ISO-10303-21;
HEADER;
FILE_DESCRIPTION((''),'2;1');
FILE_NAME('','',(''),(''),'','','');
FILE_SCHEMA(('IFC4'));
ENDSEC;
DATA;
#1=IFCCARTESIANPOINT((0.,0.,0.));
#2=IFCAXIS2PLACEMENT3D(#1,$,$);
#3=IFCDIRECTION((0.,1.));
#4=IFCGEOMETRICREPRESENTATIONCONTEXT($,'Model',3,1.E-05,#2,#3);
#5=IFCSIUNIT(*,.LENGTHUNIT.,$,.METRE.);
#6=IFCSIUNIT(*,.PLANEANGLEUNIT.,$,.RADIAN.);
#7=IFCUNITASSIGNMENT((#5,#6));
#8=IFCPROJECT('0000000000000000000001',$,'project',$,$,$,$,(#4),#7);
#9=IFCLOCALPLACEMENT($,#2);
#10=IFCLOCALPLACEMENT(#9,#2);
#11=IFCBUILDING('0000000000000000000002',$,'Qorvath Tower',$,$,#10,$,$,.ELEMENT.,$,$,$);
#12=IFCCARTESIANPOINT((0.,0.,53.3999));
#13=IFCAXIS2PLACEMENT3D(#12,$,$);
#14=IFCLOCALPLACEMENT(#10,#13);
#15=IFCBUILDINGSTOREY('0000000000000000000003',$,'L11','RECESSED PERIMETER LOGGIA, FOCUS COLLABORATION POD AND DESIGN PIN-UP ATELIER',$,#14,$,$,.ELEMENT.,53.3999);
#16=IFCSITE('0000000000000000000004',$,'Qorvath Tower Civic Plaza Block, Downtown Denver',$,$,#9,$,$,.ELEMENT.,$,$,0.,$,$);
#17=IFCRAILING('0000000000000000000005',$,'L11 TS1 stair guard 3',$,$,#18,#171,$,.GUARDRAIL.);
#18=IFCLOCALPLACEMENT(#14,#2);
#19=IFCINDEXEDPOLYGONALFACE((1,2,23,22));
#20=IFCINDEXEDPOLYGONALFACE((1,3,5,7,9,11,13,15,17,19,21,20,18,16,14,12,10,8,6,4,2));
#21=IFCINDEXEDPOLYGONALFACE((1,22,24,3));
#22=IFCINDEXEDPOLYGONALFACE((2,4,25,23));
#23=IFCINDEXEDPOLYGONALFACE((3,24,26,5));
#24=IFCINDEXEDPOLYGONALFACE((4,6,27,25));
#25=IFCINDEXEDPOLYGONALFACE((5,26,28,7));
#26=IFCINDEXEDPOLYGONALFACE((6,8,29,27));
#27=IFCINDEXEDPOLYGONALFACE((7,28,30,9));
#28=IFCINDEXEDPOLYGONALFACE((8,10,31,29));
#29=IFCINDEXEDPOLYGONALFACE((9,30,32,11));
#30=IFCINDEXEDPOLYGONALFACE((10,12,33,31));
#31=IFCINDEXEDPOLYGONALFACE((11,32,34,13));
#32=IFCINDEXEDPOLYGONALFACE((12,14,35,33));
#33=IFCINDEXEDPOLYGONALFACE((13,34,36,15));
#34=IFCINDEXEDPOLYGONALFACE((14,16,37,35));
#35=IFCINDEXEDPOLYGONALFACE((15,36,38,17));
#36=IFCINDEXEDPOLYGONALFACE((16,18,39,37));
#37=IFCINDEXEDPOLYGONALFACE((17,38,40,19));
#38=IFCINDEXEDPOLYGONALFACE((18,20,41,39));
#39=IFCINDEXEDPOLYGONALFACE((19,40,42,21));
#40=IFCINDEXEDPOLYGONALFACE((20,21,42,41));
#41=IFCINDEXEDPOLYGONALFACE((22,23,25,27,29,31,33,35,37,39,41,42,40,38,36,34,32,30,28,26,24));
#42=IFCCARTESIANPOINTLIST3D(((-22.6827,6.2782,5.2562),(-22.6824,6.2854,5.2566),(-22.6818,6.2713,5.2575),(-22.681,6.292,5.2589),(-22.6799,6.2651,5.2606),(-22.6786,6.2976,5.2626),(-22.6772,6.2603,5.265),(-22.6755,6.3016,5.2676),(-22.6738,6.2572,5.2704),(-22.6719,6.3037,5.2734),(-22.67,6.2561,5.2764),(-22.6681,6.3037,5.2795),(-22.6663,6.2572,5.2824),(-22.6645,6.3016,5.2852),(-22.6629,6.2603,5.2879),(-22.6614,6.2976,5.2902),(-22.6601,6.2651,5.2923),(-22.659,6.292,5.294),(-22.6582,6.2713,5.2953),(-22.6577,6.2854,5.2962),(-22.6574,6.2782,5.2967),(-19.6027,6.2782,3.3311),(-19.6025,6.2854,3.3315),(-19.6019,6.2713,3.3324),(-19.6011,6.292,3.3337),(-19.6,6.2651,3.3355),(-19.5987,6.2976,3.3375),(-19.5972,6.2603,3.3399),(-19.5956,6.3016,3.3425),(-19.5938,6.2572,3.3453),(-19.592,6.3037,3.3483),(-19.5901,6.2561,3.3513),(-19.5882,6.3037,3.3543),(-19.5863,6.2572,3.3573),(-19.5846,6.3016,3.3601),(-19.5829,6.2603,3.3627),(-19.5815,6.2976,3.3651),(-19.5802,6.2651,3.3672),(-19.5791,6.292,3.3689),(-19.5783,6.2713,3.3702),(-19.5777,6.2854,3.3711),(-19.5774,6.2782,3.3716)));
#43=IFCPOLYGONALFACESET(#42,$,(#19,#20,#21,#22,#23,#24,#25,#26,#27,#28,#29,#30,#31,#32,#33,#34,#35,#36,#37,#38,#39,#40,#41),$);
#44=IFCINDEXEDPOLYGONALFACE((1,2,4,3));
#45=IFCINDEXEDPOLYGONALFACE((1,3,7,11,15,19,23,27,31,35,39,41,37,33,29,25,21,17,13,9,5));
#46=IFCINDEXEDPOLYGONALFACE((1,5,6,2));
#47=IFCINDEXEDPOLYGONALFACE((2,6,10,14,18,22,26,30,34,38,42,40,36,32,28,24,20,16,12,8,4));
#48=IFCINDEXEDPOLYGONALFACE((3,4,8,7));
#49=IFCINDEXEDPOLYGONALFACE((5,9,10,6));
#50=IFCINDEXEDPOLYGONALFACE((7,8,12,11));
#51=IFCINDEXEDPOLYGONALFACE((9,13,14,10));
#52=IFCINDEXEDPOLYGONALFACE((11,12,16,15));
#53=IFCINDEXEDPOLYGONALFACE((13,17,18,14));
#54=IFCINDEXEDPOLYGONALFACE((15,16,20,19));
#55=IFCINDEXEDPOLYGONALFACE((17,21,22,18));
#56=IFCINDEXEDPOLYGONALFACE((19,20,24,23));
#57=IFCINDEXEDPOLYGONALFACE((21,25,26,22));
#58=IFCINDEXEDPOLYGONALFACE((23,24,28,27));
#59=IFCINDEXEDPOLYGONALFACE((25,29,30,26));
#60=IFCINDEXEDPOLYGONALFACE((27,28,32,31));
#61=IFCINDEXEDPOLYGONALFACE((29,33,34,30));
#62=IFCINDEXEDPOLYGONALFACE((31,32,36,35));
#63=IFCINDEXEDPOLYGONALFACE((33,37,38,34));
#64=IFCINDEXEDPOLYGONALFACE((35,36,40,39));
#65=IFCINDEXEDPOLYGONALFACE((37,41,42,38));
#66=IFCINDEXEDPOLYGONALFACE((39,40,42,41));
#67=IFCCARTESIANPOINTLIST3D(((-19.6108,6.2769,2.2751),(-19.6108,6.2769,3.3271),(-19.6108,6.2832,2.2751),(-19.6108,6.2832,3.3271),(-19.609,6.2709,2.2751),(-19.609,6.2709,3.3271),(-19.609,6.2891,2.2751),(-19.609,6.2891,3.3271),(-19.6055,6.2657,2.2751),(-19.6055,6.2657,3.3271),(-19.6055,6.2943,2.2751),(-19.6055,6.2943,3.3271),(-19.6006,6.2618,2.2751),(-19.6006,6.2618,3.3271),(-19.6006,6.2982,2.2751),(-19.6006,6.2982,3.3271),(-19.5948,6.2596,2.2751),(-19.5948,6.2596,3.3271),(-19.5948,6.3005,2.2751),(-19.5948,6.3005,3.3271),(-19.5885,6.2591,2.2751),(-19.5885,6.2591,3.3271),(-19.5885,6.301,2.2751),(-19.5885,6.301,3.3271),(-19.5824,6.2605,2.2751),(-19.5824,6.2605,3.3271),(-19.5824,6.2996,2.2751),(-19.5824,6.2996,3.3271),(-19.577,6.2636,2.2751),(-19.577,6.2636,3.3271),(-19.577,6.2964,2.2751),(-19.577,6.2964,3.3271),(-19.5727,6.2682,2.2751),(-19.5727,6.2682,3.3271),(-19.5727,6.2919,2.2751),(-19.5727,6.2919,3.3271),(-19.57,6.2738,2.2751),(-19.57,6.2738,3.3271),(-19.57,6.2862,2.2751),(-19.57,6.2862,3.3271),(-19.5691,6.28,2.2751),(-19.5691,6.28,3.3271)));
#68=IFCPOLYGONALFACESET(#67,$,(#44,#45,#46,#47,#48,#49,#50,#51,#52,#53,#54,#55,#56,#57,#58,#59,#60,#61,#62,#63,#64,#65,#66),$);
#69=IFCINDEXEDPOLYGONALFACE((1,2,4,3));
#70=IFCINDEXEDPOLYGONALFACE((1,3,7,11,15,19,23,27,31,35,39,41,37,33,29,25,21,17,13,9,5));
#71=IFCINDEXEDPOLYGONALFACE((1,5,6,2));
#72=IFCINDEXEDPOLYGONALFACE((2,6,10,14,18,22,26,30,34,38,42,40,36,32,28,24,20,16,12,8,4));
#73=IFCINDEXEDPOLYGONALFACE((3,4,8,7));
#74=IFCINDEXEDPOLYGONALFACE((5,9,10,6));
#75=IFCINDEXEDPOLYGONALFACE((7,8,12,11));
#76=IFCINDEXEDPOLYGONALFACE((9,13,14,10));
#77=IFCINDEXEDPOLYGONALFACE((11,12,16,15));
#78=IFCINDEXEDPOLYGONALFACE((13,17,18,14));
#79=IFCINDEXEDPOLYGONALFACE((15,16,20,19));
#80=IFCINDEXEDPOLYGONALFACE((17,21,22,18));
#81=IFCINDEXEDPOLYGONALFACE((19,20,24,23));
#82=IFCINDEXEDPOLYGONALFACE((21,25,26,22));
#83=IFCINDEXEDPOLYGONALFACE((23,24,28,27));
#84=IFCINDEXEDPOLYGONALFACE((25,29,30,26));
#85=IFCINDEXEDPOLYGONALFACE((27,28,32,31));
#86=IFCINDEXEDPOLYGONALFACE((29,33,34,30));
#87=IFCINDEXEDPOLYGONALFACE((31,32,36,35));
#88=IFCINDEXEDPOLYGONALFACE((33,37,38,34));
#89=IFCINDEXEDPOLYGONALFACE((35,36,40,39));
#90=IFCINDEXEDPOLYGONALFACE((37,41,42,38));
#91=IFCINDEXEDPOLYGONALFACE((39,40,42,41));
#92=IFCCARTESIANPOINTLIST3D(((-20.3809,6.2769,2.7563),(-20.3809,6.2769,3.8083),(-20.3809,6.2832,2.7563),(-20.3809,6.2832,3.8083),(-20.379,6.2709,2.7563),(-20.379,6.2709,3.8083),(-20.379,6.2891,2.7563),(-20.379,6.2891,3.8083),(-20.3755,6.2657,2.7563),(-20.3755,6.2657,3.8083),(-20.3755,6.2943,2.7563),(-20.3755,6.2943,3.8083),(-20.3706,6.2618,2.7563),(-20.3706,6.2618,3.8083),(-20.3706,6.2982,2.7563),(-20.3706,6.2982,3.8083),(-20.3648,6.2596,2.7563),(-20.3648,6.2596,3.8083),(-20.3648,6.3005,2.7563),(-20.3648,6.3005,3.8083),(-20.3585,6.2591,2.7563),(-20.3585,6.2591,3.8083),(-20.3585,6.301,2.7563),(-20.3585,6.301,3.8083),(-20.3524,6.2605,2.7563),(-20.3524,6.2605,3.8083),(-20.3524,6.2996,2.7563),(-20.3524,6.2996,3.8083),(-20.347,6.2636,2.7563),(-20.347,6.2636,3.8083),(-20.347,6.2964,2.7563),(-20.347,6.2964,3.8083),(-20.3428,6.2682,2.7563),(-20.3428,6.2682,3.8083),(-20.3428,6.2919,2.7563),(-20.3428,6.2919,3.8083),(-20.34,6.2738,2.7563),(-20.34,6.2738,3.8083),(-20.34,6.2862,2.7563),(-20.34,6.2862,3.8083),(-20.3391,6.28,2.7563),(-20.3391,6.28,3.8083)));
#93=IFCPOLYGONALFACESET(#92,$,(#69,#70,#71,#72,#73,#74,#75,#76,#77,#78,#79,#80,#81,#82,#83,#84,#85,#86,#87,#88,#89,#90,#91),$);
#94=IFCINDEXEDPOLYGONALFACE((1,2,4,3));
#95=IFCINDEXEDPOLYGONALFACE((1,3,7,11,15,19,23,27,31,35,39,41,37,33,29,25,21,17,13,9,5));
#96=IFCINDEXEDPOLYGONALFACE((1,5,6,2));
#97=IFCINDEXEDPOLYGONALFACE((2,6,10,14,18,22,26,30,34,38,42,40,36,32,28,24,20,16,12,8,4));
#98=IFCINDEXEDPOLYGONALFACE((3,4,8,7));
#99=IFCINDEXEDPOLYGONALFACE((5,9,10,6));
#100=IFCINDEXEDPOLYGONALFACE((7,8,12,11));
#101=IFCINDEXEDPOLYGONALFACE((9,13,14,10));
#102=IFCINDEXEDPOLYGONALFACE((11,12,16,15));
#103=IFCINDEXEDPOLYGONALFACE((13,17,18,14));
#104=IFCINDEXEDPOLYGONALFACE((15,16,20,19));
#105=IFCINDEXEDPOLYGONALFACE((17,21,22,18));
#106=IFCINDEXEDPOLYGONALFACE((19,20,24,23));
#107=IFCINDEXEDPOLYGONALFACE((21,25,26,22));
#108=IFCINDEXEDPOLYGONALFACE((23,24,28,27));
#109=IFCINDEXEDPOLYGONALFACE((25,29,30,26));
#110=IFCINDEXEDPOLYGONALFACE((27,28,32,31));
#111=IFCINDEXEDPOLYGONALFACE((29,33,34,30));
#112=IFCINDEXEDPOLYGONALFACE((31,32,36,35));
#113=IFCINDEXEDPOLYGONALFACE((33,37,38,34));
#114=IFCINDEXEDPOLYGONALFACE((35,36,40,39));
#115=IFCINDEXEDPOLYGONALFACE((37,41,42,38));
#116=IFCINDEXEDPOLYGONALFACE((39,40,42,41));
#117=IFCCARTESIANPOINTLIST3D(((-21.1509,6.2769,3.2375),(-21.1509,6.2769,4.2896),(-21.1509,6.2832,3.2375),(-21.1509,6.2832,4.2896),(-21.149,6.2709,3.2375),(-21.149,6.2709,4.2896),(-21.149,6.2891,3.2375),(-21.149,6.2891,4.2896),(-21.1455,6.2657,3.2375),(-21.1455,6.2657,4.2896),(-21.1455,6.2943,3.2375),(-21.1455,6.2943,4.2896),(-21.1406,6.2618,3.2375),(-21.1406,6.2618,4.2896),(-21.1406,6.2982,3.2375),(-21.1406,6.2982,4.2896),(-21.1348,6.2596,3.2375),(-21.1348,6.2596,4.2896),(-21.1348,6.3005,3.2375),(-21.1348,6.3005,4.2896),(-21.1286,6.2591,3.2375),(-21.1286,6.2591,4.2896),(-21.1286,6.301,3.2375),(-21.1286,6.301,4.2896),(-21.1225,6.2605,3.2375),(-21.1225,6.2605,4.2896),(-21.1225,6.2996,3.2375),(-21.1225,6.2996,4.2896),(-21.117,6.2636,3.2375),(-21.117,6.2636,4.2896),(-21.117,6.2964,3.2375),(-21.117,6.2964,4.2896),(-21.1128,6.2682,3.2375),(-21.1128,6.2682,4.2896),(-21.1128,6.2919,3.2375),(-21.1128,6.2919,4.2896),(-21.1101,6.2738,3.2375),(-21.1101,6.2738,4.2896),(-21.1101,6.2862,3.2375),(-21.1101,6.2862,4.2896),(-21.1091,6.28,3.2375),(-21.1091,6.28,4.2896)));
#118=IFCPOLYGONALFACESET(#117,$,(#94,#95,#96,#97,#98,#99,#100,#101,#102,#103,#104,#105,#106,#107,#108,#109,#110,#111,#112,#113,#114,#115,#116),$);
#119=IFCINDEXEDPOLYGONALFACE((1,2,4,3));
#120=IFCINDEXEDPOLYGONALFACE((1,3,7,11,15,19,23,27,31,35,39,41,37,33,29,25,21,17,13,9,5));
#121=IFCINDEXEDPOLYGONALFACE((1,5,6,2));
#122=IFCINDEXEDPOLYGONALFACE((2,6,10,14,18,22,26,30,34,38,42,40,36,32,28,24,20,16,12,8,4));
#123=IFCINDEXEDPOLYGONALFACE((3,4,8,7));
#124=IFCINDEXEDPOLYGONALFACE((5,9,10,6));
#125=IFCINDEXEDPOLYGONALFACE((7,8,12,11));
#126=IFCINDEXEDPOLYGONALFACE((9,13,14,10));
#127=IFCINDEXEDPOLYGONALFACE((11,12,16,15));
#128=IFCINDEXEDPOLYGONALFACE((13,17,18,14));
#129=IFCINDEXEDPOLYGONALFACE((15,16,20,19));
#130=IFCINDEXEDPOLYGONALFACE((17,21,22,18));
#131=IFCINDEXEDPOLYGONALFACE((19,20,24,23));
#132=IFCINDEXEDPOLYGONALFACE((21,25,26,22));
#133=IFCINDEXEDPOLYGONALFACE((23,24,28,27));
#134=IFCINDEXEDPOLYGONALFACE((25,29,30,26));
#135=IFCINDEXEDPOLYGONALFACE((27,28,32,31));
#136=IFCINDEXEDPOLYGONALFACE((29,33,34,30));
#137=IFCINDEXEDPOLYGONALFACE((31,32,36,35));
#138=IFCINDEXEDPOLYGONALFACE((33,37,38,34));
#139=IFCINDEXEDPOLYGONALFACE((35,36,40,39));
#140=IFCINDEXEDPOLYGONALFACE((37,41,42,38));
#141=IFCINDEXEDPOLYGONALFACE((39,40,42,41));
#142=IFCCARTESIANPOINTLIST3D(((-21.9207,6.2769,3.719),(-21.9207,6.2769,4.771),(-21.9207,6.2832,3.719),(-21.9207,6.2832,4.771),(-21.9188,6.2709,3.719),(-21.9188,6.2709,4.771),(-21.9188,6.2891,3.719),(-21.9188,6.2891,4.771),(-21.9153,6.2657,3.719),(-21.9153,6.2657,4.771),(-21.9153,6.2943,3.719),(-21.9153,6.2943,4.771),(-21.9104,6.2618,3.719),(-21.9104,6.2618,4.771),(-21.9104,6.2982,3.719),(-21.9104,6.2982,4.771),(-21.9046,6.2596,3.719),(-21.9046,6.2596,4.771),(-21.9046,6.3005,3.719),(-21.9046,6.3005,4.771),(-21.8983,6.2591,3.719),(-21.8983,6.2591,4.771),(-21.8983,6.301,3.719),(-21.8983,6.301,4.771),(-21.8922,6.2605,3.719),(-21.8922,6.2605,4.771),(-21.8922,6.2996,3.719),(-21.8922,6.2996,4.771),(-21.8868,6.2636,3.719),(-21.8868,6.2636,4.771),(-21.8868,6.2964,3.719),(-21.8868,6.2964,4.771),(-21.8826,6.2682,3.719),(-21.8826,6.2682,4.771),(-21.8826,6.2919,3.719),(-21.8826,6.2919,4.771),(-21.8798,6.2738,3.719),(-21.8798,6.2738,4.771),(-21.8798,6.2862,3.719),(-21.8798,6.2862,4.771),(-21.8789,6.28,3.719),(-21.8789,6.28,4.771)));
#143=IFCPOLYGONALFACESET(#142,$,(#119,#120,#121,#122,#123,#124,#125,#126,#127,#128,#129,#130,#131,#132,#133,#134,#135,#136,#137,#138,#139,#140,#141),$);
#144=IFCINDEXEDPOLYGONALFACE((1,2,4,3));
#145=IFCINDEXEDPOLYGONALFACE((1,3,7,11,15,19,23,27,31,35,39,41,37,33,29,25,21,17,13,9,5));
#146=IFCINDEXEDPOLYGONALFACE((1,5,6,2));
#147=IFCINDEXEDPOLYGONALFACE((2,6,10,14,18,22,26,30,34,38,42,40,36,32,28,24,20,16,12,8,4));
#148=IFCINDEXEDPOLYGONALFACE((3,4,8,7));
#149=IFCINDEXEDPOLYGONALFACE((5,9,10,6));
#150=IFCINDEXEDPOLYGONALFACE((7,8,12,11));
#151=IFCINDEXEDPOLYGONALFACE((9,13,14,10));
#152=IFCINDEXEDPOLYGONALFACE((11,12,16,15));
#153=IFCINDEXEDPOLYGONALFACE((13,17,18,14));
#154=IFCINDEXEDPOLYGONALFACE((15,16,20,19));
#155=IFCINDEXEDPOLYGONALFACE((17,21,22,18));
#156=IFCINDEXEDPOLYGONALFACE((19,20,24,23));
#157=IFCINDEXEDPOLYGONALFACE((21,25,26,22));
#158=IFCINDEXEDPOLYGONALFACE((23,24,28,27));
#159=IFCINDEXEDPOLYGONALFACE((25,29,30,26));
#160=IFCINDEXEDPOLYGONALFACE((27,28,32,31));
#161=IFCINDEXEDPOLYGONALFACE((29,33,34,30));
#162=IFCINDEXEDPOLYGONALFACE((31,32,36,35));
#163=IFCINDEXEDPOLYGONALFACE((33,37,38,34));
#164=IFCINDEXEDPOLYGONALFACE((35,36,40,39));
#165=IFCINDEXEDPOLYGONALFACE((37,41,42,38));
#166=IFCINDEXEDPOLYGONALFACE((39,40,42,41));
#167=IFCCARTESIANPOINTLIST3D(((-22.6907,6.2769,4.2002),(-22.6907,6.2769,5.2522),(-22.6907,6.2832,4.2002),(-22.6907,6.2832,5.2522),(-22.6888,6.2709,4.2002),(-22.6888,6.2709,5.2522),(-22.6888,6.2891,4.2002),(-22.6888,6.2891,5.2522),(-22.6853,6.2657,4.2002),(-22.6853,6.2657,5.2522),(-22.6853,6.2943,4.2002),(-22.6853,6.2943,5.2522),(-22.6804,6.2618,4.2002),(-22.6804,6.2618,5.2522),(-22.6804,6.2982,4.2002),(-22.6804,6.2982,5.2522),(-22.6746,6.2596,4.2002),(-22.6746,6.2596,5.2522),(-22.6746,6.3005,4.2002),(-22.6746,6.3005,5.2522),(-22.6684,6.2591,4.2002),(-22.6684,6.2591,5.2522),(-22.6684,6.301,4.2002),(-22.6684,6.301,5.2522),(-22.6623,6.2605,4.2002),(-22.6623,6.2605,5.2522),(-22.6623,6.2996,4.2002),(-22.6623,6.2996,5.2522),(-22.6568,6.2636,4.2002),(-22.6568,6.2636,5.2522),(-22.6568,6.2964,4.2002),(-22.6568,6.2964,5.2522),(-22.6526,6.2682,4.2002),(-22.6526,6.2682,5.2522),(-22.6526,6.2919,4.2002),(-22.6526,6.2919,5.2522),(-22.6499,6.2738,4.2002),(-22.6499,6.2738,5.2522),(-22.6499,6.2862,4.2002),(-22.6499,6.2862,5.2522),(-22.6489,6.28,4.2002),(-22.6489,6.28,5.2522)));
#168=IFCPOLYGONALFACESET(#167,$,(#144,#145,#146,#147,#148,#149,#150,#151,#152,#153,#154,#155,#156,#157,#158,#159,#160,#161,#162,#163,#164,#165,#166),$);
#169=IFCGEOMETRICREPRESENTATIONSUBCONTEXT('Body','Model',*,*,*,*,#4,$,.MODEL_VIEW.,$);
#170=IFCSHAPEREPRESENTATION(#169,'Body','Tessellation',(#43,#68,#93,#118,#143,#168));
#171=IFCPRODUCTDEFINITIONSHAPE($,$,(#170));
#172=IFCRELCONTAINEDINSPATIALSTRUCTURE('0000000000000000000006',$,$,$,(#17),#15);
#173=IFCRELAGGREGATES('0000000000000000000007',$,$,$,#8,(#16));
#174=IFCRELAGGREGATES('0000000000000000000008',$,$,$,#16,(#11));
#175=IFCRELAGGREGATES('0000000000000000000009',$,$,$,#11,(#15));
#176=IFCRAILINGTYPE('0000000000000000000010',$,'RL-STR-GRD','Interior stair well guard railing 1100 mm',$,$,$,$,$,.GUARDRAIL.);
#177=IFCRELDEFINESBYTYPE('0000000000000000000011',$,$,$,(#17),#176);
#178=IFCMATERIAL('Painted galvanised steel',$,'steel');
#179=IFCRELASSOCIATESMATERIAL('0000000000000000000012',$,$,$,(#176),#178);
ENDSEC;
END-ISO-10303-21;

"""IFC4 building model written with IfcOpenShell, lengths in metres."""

from ifc_helpers import new_model, si_unit, direction, frame, origin, origin_2d, place, context, subcontext, project, spatial, circle, extrude, material, type_object, element, save


model = new_model("IFC4")

# Units and contexts
model_context = context("Model", 3, precision=1e-05, world=origin(), true_north=direction((0.0, 1.0)))
body_context = subcontext(model_context, "Body", "Model", "MODEL_VIEW")
ifc_project = project(units=[si_unit("LENGTHUNIT", "METRE"), si_unit("PLANEANGLEUNIT", "RADIAN")], contexts=[model_context])

# Site, building, storey
site_placement = place(None, origin())
site = spatial("IfcSite", under=ifc_project, at=site_placement, Name="Qorvath Tower Civic Plaza Block, Downtown Denver", CompositionType="ELEMENT", RefElevation=0.0)
building_placement = place(site_placement, origin())
building = spatial("IfcBuilding", under=site, at=building_placement, Name="Qorvath Tower", CompositionType="ELEMENT")
storey_placement = place(building_placement, frame((0.0, 0.0, 53.3999)))
storey = spatial("IfcBuildingStorey", under=building, at=storey_placement, Name="L11", Description="RECESSED PERIMETER LOGGIA, FOCUS COLLABORATION POD AND DESIGN PIN-UP ATELIER", CompositionType="ELEMENT", Elevation=53.3999)

# Railing
ifc_material_1 = material(Name="Painted galvanised steel", Category="steel")
railing_type_1 = type_object("IfcRailingType", Name="RL-STR-GRD", Description="Interior stair well guard railing 1100 mm", PredefinedType="GUARDRAIL", material=ifc_material_1)
railing_1_placement = place(storey_placement, frame((-19.5901, 6.28, 2.2751)))
element("IfcRailing", 1, at=railing_1_placement, inside=storey, type_object=railing_type_1, Name="L11 TS1 stair guard 3", PredefinedType="GUARDRAIL", context=body_context, shape_type="SweptSolid", body=[
    extrude(circle(Radius=0.0239, at=origin_2d()), frame((0.0, 0.0, 1.0762), z_axis=(-0.847979, 0.0, 0.530029), x_axis=(0.0, -1.0, 0.0)), (0.0, 0.0, 1.0), 3.6321),
    extrude(circle(Radius=0.021, at=origin_2d()), origin(), (0.0, 0.0, 1.0), 1.052),
    extrude(circle(Radius=0.021, at=origin_2d()), frame((-0.77, 0.0, 0.4812)), (0.0, 0.0, 1.0), 1.052),
    extrude(circle(Radius=0.021, at=origin_2d()), frame((-1.54, 0.0, 0.9624)), (0.0, 0.0, 1.0), 1.052),
    extrude(circle(Radius=0.021, at=origin_2d()), frame((-2.3098, 0.0, 1.4438)), (0.0, 0.0, 1.0), 1.052),
    extrude(circle(Radius=0.021, at=origin_2d()), frame((-3.0798, 0.0, 1.925)), (0.0, 0.0, 1.0), 1.052),
])

save(model, "model.ifc")
